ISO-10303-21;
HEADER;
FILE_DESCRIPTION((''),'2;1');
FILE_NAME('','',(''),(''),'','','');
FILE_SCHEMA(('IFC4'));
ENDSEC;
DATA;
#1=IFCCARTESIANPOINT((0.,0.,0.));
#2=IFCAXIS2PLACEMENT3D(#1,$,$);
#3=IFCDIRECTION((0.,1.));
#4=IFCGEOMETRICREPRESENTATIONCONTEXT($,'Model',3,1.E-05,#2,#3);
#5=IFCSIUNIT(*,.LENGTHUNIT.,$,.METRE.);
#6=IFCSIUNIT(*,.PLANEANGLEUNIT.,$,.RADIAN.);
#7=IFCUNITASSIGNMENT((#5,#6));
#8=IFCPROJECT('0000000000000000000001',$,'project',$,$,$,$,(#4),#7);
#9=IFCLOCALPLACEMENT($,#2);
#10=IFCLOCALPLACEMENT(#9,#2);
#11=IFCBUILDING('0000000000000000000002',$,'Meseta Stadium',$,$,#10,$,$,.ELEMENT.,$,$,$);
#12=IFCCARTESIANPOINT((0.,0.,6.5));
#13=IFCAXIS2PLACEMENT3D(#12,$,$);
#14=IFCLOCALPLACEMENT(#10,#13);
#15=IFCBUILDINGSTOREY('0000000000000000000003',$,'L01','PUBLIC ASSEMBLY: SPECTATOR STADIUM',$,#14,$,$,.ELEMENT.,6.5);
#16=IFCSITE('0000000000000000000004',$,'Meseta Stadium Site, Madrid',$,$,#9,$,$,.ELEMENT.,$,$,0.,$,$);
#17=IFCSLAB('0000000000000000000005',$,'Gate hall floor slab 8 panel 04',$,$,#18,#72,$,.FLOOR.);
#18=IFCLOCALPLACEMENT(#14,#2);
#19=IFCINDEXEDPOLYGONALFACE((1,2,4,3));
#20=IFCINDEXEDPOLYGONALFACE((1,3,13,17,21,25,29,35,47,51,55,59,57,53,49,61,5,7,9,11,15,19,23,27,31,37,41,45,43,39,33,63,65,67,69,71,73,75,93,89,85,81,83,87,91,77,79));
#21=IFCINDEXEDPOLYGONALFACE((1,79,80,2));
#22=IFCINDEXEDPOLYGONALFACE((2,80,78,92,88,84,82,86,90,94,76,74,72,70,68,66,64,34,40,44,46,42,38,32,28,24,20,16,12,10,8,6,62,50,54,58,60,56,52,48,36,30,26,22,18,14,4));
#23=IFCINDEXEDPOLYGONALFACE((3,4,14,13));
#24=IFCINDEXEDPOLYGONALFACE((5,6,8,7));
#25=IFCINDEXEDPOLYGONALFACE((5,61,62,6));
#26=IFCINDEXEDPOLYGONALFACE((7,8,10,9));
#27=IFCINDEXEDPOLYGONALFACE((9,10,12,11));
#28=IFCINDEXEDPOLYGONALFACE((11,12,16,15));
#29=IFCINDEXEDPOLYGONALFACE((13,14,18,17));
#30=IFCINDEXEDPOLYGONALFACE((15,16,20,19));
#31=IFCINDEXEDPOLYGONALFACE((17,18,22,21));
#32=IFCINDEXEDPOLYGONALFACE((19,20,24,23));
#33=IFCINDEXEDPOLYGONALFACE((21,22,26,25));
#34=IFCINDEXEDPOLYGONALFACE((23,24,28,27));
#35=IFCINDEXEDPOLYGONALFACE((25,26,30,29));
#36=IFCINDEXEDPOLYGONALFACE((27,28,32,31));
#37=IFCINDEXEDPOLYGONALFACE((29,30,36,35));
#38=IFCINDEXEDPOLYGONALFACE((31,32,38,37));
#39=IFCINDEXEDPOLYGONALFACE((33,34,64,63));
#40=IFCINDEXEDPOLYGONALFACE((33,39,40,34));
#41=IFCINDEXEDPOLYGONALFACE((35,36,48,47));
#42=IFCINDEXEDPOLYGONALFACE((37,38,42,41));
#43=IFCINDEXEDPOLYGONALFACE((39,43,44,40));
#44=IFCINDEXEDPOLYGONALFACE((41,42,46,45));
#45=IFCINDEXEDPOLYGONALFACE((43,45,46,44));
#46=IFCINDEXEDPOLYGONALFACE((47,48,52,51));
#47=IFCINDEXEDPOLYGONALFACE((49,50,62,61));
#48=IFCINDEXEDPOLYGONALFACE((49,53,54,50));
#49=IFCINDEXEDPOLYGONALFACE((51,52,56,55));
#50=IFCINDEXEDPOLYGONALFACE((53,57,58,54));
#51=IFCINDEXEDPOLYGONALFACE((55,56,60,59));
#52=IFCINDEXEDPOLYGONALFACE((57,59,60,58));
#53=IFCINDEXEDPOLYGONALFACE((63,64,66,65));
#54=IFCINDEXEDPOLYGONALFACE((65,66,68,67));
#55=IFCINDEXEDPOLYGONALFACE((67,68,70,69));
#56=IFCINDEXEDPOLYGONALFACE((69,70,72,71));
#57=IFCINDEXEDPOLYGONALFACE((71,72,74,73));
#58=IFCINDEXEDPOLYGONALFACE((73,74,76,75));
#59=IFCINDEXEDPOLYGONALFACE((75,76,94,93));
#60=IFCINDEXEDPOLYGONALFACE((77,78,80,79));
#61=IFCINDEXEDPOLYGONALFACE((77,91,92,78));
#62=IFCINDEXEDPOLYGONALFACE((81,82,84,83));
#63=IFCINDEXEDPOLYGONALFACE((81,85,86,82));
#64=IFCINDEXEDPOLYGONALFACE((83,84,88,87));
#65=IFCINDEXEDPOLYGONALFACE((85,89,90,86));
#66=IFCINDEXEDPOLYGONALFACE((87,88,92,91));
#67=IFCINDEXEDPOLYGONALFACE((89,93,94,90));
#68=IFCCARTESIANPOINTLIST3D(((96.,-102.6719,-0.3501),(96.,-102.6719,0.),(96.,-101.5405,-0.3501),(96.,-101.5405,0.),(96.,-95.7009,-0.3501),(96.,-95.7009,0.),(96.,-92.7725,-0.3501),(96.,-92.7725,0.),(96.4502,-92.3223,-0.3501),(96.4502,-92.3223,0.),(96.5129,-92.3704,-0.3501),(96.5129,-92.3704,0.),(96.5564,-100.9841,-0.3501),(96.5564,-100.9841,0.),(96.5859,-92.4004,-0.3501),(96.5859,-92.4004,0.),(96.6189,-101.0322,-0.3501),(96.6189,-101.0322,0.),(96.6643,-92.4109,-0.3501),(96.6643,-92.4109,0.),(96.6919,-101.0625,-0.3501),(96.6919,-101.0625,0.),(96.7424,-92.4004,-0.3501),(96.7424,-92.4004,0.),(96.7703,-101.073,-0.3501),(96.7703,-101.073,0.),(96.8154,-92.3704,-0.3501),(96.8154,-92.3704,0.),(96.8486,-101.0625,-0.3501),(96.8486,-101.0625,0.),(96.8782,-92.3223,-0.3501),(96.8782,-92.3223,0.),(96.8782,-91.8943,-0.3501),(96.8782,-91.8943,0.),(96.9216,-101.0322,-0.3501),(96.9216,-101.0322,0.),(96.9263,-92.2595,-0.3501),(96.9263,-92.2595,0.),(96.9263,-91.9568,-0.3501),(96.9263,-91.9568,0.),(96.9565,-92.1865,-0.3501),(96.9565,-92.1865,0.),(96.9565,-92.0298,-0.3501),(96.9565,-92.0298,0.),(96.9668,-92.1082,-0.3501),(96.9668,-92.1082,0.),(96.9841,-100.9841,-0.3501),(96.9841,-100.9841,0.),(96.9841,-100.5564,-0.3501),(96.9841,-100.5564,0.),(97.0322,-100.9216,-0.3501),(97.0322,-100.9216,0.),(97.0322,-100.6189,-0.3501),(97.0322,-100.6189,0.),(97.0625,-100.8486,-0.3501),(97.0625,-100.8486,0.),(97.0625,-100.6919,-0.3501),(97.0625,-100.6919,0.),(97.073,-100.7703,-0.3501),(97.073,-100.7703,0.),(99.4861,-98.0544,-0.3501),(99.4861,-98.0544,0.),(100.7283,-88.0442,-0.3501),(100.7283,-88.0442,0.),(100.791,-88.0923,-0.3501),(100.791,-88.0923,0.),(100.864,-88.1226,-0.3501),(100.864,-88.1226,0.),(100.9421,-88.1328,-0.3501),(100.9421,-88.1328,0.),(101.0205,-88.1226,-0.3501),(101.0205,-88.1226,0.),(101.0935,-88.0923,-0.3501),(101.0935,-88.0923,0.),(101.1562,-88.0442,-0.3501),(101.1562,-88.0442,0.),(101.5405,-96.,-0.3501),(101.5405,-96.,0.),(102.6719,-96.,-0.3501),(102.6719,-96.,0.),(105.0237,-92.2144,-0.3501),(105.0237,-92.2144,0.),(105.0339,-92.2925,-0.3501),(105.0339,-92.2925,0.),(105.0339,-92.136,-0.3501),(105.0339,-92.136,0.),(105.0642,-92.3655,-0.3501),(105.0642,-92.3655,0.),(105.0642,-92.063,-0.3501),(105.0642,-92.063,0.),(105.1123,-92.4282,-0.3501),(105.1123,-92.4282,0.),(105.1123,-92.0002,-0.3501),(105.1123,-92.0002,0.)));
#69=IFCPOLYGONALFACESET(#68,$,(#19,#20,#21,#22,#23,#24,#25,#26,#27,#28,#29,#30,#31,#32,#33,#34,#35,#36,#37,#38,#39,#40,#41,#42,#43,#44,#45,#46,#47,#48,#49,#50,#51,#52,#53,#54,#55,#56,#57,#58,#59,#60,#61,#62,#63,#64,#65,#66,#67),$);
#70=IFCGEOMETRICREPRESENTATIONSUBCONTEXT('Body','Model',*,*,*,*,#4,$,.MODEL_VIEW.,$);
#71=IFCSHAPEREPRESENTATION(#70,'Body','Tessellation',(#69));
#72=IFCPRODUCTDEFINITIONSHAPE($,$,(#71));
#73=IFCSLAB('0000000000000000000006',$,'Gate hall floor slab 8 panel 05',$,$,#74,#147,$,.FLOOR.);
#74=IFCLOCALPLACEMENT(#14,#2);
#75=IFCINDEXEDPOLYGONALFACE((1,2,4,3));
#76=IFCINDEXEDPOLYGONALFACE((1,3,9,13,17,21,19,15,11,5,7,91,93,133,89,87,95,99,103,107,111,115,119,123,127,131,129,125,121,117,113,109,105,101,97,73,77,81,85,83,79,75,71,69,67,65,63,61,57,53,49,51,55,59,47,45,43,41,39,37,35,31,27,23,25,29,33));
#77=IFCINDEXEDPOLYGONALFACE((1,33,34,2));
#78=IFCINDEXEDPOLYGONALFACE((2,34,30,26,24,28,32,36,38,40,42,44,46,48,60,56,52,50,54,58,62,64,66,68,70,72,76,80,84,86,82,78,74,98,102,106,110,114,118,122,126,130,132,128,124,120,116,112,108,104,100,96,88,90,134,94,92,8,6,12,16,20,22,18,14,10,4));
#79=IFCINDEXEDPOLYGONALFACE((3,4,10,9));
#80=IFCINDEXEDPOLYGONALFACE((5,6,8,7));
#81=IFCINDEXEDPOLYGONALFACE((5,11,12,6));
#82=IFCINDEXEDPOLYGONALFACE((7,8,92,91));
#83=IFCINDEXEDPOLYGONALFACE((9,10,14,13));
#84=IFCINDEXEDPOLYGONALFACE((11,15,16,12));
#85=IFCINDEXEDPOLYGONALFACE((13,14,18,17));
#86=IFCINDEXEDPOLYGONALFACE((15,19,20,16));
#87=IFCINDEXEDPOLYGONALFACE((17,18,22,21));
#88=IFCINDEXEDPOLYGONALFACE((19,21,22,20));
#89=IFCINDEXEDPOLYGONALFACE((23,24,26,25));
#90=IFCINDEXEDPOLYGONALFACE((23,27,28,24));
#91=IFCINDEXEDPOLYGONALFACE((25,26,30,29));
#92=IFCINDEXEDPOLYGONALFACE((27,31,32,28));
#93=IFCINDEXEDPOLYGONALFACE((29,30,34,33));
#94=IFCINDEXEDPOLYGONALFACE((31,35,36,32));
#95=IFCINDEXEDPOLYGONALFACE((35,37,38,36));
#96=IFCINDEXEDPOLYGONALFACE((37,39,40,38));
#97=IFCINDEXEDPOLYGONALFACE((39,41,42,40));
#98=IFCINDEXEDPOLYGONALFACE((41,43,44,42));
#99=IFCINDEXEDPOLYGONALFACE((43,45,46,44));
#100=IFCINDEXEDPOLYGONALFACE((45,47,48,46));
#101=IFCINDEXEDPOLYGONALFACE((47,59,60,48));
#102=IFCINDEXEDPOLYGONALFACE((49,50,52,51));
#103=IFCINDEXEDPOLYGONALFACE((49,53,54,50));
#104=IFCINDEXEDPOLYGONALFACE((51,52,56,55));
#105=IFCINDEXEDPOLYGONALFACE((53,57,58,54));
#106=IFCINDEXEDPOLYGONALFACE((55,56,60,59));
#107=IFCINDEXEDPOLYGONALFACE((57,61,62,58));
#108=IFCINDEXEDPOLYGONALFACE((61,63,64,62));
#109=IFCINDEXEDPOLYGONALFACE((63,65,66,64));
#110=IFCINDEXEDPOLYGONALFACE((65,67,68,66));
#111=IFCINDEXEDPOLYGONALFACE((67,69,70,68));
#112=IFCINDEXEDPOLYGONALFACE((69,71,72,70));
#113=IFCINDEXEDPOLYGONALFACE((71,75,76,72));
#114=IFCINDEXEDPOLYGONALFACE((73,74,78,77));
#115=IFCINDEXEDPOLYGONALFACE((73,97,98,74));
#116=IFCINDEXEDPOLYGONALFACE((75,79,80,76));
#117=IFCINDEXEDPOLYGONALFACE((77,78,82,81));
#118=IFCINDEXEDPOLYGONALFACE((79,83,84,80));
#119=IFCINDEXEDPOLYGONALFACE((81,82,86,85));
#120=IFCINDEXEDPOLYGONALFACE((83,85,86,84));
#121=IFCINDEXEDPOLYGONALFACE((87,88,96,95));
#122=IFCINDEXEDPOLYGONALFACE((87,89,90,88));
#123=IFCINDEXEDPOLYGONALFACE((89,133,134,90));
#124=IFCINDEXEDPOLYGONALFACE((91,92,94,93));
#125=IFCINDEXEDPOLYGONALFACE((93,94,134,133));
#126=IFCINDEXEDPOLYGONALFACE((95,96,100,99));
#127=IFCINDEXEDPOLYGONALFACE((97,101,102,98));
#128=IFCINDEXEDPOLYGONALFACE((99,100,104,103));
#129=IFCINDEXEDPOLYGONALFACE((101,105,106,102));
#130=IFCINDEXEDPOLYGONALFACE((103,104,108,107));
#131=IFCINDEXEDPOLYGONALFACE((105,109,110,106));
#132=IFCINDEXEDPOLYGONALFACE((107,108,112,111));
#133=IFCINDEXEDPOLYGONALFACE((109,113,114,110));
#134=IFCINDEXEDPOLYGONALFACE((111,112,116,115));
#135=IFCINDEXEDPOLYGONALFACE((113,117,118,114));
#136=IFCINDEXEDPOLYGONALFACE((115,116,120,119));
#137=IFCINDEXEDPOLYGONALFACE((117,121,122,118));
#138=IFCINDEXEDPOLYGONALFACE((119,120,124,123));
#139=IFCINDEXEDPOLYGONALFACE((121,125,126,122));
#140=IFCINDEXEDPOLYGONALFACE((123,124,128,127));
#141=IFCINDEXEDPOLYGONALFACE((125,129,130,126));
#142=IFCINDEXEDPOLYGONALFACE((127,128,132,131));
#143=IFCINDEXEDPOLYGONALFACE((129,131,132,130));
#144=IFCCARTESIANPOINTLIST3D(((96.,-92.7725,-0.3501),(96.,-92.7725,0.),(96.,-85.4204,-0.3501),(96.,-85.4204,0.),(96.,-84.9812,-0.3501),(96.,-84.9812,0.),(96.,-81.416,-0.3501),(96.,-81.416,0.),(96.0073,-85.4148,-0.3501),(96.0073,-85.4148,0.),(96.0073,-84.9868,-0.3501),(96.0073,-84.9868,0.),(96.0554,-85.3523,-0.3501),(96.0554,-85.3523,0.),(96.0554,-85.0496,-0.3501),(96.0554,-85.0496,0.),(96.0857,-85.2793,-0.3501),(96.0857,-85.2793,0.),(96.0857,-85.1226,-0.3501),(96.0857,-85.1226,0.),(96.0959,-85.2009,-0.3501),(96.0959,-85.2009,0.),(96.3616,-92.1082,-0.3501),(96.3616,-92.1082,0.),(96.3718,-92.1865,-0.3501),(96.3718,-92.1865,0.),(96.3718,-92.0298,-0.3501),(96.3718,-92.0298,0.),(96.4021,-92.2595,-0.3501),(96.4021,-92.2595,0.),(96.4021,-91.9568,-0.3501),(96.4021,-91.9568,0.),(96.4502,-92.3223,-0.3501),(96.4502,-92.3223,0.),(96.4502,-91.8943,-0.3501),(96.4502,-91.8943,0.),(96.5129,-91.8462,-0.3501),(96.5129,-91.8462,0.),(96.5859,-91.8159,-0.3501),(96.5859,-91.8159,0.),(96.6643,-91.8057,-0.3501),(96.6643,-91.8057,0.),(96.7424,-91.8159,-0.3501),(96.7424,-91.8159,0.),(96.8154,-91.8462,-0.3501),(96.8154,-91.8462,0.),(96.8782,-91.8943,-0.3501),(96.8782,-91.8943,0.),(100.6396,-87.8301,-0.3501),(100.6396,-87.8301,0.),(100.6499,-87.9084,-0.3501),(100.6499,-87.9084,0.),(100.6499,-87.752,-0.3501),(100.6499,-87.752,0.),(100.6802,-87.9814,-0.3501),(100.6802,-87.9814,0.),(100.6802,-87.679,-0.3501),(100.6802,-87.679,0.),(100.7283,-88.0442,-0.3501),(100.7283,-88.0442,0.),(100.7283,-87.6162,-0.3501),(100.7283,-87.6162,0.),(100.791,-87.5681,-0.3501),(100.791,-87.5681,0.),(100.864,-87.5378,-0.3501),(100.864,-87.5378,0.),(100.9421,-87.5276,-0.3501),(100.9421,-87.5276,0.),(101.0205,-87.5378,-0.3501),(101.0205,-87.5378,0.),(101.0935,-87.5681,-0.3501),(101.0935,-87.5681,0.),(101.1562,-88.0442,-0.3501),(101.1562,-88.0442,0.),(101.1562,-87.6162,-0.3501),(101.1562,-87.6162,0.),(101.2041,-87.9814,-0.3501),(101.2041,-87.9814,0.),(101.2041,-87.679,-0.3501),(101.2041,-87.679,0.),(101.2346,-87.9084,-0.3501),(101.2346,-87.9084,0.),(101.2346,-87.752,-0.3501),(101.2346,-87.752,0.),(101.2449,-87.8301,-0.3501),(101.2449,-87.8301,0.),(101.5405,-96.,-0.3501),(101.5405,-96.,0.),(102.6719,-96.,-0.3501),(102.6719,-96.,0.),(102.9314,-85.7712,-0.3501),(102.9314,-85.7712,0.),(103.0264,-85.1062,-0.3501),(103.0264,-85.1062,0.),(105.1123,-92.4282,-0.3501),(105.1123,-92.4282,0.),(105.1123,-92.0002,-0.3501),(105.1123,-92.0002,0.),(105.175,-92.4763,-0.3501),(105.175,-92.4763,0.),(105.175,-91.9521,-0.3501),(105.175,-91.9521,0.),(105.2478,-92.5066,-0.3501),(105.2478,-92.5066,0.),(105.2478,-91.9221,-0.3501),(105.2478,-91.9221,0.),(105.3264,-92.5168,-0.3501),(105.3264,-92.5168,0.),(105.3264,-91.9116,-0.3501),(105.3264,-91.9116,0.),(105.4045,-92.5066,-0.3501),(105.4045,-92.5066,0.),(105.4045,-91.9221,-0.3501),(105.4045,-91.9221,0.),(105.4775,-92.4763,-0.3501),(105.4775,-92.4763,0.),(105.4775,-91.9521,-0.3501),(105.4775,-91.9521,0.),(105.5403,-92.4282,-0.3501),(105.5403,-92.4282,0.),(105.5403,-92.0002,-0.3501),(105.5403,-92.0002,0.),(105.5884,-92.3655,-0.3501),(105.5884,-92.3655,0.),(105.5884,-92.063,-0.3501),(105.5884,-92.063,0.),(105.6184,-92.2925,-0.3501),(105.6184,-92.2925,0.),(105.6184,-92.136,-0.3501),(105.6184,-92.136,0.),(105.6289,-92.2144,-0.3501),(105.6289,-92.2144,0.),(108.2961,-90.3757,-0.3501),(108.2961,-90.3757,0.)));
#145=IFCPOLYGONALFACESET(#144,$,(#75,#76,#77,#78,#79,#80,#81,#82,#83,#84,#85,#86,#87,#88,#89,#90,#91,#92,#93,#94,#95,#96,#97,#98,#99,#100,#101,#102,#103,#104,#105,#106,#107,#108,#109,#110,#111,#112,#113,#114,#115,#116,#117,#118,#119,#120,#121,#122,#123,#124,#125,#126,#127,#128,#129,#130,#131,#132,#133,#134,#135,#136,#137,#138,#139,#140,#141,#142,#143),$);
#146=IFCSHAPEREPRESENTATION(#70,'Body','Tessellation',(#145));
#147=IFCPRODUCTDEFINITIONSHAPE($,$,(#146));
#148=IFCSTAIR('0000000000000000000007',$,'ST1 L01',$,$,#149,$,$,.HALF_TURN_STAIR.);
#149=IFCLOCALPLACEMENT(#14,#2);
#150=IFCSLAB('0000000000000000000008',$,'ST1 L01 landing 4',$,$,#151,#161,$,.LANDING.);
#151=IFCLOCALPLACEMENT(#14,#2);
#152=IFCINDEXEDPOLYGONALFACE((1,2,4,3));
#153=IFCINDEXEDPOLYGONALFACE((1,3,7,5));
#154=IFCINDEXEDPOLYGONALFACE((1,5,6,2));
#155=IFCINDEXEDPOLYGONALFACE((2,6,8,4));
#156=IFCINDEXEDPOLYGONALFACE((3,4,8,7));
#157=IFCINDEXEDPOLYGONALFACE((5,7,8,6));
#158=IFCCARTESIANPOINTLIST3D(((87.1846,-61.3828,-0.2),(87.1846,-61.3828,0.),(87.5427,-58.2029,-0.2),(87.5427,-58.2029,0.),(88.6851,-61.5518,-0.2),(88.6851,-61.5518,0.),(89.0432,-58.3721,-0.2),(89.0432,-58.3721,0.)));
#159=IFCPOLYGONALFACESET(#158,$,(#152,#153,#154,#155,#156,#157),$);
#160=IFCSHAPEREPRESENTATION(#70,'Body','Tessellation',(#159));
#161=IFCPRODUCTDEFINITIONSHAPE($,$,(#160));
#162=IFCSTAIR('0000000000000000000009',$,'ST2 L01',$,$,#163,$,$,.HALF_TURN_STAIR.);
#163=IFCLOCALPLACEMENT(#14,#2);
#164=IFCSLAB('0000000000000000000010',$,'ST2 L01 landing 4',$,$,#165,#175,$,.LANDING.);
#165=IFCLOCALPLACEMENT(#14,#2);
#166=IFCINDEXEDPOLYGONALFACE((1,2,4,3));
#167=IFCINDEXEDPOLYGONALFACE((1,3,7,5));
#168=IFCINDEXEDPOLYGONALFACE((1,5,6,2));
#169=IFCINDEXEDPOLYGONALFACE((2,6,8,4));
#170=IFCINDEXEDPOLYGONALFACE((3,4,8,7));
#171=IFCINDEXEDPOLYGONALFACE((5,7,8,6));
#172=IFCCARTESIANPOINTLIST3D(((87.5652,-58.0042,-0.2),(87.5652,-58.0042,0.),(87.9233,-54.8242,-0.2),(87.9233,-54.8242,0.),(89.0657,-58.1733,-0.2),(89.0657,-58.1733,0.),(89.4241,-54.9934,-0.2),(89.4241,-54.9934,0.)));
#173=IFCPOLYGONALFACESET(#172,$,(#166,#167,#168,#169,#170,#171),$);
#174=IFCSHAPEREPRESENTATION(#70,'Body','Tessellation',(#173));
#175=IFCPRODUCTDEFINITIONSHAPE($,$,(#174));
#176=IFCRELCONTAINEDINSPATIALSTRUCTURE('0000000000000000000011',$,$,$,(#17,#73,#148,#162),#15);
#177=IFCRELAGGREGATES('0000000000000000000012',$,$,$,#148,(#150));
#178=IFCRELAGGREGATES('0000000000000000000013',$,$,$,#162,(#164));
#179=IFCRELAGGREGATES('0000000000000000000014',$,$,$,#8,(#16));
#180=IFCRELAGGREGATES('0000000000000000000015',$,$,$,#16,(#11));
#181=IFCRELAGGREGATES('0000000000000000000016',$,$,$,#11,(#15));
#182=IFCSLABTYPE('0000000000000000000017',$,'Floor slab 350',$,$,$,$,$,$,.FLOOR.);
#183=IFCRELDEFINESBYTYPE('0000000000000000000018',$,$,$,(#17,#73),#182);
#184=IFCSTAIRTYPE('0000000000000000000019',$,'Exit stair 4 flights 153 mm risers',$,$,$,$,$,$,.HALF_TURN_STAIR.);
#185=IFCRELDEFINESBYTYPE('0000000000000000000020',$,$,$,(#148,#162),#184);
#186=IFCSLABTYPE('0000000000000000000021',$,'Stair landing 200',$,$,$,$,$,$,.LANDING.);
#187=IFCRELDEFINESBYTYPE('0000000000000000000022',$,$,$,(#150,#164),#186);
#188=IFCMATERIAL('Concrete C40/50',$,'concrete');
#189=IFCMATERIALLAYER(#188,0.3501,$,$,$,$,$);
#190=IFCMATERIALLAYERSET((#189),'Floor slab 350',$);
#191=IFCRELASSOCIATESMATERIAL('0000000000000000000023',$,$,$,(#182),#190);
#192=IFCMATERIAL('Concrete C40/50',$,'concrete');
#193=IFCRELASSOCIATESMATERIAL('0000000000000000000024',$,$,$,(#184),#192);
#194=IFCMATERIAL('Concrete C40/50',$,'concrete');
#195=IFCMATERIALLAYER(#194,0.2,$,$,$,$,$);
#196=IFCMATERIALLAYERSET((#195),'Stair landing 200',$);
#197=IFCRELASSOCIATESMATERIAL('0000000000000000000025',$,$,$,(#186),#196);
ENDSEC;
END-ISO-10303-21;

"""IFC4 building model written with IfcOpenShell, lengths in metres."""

from ifc_helpers import new_model, si_unit, direction, frame, origin, place, context, subcontext, project, spatial, polyline, outline, extrude, material, layer, layer_set, type_object, element, aggregate, save


model = new_model("IFC4")

# Units and contexts
model_context = context("Model", 3, precision=1e-05, world=origin(), true_north=direction((0.0, 1.0)))
body_context = subcontext(model_context, "Body", "Model", "MODEL_VIEW")
ifc_project = project(units=[si_unit("LENGTHUNIT", "METRE"), si_unit("PLANEANGLEUNIT", "RADIAN")], contexts=[model_context])

# Site, building, storey
site_placement = place(None, origin())
site = spatial("IfcSite", under=ifc_project, at=site_placement, Name="Meseta Stadium Site, Madrid", CompositionType="ELEMENT", RefElevation=0.0)
building_placement = place(site_placement, origin())
building = spatial("IfcBuilding", under=site, at=building_placement, Name="Meseta Stadium", CompositionType="ELEMENT")
storey_placement = place(building_placement, frame((0.0, 0.0, 6.5)))
storey = spatial("IfcBuildingStorey", under=building, at=storey_placement, Name="L01", Description="PUBLIC ASSEMBLY: SPECTATOR STADIUM", CompositionType="ELEMENT", Elevation=6.5)

# Slabs
ifc_material_1 = material(Name="Concrete C40/50", Category="concrete")
ifc_layer_1 = layer(ifc_material_1, 0.3501)
ifc_layer_set_1 = layer_set([ifc_layer_1], Name="Floor slab 350")
slab_type_1 = type_object("IfcSlabType", Name="Floor slab 350", PredefinedType="FLOOR", material=ifc_layer_set_1)
slab_1_placement = place(storey_placement, frame((0.0, 0.0, -0.3501)))
element("IfcSlab", 1, at=slab_1_placement, inside=storey, type_object=slab_type_1, Name="Gate hall floor slab 8 panel 04", PredefinedType="FLOOR", context=body_context, shape_type="SweptSolid", body=[
    extrude(outline(polyline([(96.9216, -101.0322), (96.8486, -101.0625), (96.7703, -101.073), (96.6919, -101.0625), (96.6189, -101.0322), (96.5564, -100.9841), (96.0, -101.5405), (96.0, -102.6719), (102.6719, -96.0), (101.5405, -96.0), (105.1123, -92.4282), (105.0642, -92.3655), (105.0339, -92.2925), (105.0237, -92.2144), (105.0339, -92.136), (105.0642, -92.063), (105.1123, -92.0002), (101.1562, -88.0442), (101.0935, -88.0923), (101.0205, -88.1226), (100.9421, -88.1328), (100.864, -88.1226), (100.791, -88.0923), (100.7283, -88.0442), (96.8782, -91.8943), (96.9263, -91.9568), (96.9565, -92.0298), (96.9668, -92.1082), (96.9565, -92.1865), (96.9263, -92.2595), (96.8782, -92.3223), (96.8154, -92.3704), (96.7424, -92.4004), (96.6643, -92.4109), (96.5859, -92.4004), (96.5129, -92.3704), (96.4502, -92.3223), (96.0, -92.7725), (96.0, -95.7009), (99.4861, -98.0544), (96.9841, -100.5564), (97.0322, -100.6189), (97.0625, -100.6919), (97.073, -100.7703), (97.0625, -100.8486), (97.0322, -100.9216), (96.9841, -100.9841), (96.9216, -101.0322)])), origin(), (0.0, 0.0, 1.0), 0.3501),
])
slab_2_placement = place(storey_placement, frame((0.0, 0.0, -0.3501)))
element("IfcSlab", 2, at=slab_2_placement, inside=storey, type_object=slab_type_1, Name="Gate hall floor slab 8 panel 05", PredefinedType="FLOOR", context=body_context, shape_type="SweptSolid", body=[
    extrude(outline(polyline([(102.9314, -85.7712), (96.0, -81.416), (96.0, -84.9812), (96.0073, -84.9868), (96.0554, -85.0496), (96.0857, -85.1226), (96.0959, -85.2009), (96.0857, -85.2793), (96.0554, -85.3523), (96.0073, -85.4148), (96.0, -85.4204), (96.0, -92.7725), (96.4502, -92.3223), (96.4021, -92.2595), (96.3718, -92.1865), (96.3616, -92.1082), (96.3718, -92.0298), (96.4021, -91.9568), (96.4502, -91.8943), (96.5129, -91.8462), (96.5859, -91.8159), (96.6643, -91.8057), (96.7424, -91.8159), (96.8154, -91.8462), (96.8782, -91.8943), (100.7283, -88.0442), (100.6802, -87.9814), (100.6499, -87.9084), (100.6396, -87.8301), (100.6499, -87.752), (100.6802, -87.679), (100.7283, -87.6162), (100.791, -87.5681), (100.864, -87.5378), (100.9421, -87.5276), (101.0205, -87.5378), (101.0935, -87.5681), (101.1562, -87.6162), (101.2041, -87.679), (101.2346, -87.752), (101.2449, -87.8301), (101.2346, -87.9084), (101.2041, -87.9814), (101.1562, -88.0442), (105.1123, -92.0002), (105.175, -91.9521), (105.2478, -91.9221), (105.3264, -91.9116), (105.4045, -91.9221), (105.4775, -91.9521), (105.5403, -92.0002), (105.5884, -92.063), (105.6184, -92.136), (105.6289, -92.2144), (105.6184, -92.2925), (105.5884, -92.3655), (105.5403, -92.4282), (105.4775, -92.4763), (105.4045, -92.5066), (105.3264, -92.5168), (105.2478, -92.5066), (105.175, -92.4763), (105.1123, -92.4282), (101.5405, -96.0), (102.6719, -96.0), (108.2961, -90.3757), (103.0264, -85.1062), (102.9314, -85.7712)])), origin(), (0.0, 0.0, 1.0), 0.3501),
])

# Stairs, slabs
ifc_material_2 = material(Name="Concrete C40/50", Category="concrete")
stair_type = type_object("IfcStairType", Name="Exit stair 4 flights 153 mm risers", PredefinedType="HALF_TURN_STAIR", material=ifc_material_2)
stair_1_placement = place(storey_placement, origin())
stair_1 = element("IfcStair", 3, at=stair_1_placement, inside=storey, type_object=stair_type, Name="ST1 L01", PredefinedType="HALF_TURN_STAIR")
ifc_material_3 = material(Name="Concrete C40/50", Category="concrete")
ifc_layer_2 = layer(ifc_material_3, 0.2)
ifc_layer_set_2 = layer_set([ifc_layer_2], Name="Stair landing 200")
slab_type_2 = type_object("IfcSlabType", Name="Stair landing 200", PredefinedType="LANDING", material=ifc_layer_set_2)
slab_3_placement = place(storey_placement, frame((0.0, 0.0, -0.2)))
slab_3 = element("IfcSlab", 4, at=slab_3_placement, type_object=slab_type_2, Name="ST1 L01 landing 4", PredefinedType="LANDING", context=body_context, shape_type="SweptSolid", body=[
    extrude(outline(polyline([(87.1846, -61.3828), (88.6851, -61.5518), (89.0432, -58.3721), (87.5427, -58.2029), (87.1846, -61.3828)])), origin(), (0.0, 0.0, 1.0), 0.2),
])
aggregate(stair_1, [slab_3])
stair_2_placement = place(storey_placement, origin())
stair_2 = element("IfcStair", 5, at=stair_2_placement, inside=storey, type_object=stair_type, Name="ST2 L01", PredefinedType="HALF_TURN_STAIR")
slab_4_placement = place(storey_placement, frame((0.0, 0.0, -0.2)))
slab_4 = element("IfcSlab", 6, at=slab_4_placement, type_object=slab_type_2, Name="ST2 L01 landing 4", PredefinedType="LANDING", context=body_context, shape_type="SweptSolid", body=[
    extrude(outline(polyline([(87.5652, -58.0042), (89.0657, -58.1733), (89.4241, -54.9934), (87.9233, -54.8242), (87.5652, -58.0042)])), origin(), (0.0, 0.0, 1.0), 0.2),
])
aggregate(stair_2, [slab_4])

save(model, "model.ifc")
